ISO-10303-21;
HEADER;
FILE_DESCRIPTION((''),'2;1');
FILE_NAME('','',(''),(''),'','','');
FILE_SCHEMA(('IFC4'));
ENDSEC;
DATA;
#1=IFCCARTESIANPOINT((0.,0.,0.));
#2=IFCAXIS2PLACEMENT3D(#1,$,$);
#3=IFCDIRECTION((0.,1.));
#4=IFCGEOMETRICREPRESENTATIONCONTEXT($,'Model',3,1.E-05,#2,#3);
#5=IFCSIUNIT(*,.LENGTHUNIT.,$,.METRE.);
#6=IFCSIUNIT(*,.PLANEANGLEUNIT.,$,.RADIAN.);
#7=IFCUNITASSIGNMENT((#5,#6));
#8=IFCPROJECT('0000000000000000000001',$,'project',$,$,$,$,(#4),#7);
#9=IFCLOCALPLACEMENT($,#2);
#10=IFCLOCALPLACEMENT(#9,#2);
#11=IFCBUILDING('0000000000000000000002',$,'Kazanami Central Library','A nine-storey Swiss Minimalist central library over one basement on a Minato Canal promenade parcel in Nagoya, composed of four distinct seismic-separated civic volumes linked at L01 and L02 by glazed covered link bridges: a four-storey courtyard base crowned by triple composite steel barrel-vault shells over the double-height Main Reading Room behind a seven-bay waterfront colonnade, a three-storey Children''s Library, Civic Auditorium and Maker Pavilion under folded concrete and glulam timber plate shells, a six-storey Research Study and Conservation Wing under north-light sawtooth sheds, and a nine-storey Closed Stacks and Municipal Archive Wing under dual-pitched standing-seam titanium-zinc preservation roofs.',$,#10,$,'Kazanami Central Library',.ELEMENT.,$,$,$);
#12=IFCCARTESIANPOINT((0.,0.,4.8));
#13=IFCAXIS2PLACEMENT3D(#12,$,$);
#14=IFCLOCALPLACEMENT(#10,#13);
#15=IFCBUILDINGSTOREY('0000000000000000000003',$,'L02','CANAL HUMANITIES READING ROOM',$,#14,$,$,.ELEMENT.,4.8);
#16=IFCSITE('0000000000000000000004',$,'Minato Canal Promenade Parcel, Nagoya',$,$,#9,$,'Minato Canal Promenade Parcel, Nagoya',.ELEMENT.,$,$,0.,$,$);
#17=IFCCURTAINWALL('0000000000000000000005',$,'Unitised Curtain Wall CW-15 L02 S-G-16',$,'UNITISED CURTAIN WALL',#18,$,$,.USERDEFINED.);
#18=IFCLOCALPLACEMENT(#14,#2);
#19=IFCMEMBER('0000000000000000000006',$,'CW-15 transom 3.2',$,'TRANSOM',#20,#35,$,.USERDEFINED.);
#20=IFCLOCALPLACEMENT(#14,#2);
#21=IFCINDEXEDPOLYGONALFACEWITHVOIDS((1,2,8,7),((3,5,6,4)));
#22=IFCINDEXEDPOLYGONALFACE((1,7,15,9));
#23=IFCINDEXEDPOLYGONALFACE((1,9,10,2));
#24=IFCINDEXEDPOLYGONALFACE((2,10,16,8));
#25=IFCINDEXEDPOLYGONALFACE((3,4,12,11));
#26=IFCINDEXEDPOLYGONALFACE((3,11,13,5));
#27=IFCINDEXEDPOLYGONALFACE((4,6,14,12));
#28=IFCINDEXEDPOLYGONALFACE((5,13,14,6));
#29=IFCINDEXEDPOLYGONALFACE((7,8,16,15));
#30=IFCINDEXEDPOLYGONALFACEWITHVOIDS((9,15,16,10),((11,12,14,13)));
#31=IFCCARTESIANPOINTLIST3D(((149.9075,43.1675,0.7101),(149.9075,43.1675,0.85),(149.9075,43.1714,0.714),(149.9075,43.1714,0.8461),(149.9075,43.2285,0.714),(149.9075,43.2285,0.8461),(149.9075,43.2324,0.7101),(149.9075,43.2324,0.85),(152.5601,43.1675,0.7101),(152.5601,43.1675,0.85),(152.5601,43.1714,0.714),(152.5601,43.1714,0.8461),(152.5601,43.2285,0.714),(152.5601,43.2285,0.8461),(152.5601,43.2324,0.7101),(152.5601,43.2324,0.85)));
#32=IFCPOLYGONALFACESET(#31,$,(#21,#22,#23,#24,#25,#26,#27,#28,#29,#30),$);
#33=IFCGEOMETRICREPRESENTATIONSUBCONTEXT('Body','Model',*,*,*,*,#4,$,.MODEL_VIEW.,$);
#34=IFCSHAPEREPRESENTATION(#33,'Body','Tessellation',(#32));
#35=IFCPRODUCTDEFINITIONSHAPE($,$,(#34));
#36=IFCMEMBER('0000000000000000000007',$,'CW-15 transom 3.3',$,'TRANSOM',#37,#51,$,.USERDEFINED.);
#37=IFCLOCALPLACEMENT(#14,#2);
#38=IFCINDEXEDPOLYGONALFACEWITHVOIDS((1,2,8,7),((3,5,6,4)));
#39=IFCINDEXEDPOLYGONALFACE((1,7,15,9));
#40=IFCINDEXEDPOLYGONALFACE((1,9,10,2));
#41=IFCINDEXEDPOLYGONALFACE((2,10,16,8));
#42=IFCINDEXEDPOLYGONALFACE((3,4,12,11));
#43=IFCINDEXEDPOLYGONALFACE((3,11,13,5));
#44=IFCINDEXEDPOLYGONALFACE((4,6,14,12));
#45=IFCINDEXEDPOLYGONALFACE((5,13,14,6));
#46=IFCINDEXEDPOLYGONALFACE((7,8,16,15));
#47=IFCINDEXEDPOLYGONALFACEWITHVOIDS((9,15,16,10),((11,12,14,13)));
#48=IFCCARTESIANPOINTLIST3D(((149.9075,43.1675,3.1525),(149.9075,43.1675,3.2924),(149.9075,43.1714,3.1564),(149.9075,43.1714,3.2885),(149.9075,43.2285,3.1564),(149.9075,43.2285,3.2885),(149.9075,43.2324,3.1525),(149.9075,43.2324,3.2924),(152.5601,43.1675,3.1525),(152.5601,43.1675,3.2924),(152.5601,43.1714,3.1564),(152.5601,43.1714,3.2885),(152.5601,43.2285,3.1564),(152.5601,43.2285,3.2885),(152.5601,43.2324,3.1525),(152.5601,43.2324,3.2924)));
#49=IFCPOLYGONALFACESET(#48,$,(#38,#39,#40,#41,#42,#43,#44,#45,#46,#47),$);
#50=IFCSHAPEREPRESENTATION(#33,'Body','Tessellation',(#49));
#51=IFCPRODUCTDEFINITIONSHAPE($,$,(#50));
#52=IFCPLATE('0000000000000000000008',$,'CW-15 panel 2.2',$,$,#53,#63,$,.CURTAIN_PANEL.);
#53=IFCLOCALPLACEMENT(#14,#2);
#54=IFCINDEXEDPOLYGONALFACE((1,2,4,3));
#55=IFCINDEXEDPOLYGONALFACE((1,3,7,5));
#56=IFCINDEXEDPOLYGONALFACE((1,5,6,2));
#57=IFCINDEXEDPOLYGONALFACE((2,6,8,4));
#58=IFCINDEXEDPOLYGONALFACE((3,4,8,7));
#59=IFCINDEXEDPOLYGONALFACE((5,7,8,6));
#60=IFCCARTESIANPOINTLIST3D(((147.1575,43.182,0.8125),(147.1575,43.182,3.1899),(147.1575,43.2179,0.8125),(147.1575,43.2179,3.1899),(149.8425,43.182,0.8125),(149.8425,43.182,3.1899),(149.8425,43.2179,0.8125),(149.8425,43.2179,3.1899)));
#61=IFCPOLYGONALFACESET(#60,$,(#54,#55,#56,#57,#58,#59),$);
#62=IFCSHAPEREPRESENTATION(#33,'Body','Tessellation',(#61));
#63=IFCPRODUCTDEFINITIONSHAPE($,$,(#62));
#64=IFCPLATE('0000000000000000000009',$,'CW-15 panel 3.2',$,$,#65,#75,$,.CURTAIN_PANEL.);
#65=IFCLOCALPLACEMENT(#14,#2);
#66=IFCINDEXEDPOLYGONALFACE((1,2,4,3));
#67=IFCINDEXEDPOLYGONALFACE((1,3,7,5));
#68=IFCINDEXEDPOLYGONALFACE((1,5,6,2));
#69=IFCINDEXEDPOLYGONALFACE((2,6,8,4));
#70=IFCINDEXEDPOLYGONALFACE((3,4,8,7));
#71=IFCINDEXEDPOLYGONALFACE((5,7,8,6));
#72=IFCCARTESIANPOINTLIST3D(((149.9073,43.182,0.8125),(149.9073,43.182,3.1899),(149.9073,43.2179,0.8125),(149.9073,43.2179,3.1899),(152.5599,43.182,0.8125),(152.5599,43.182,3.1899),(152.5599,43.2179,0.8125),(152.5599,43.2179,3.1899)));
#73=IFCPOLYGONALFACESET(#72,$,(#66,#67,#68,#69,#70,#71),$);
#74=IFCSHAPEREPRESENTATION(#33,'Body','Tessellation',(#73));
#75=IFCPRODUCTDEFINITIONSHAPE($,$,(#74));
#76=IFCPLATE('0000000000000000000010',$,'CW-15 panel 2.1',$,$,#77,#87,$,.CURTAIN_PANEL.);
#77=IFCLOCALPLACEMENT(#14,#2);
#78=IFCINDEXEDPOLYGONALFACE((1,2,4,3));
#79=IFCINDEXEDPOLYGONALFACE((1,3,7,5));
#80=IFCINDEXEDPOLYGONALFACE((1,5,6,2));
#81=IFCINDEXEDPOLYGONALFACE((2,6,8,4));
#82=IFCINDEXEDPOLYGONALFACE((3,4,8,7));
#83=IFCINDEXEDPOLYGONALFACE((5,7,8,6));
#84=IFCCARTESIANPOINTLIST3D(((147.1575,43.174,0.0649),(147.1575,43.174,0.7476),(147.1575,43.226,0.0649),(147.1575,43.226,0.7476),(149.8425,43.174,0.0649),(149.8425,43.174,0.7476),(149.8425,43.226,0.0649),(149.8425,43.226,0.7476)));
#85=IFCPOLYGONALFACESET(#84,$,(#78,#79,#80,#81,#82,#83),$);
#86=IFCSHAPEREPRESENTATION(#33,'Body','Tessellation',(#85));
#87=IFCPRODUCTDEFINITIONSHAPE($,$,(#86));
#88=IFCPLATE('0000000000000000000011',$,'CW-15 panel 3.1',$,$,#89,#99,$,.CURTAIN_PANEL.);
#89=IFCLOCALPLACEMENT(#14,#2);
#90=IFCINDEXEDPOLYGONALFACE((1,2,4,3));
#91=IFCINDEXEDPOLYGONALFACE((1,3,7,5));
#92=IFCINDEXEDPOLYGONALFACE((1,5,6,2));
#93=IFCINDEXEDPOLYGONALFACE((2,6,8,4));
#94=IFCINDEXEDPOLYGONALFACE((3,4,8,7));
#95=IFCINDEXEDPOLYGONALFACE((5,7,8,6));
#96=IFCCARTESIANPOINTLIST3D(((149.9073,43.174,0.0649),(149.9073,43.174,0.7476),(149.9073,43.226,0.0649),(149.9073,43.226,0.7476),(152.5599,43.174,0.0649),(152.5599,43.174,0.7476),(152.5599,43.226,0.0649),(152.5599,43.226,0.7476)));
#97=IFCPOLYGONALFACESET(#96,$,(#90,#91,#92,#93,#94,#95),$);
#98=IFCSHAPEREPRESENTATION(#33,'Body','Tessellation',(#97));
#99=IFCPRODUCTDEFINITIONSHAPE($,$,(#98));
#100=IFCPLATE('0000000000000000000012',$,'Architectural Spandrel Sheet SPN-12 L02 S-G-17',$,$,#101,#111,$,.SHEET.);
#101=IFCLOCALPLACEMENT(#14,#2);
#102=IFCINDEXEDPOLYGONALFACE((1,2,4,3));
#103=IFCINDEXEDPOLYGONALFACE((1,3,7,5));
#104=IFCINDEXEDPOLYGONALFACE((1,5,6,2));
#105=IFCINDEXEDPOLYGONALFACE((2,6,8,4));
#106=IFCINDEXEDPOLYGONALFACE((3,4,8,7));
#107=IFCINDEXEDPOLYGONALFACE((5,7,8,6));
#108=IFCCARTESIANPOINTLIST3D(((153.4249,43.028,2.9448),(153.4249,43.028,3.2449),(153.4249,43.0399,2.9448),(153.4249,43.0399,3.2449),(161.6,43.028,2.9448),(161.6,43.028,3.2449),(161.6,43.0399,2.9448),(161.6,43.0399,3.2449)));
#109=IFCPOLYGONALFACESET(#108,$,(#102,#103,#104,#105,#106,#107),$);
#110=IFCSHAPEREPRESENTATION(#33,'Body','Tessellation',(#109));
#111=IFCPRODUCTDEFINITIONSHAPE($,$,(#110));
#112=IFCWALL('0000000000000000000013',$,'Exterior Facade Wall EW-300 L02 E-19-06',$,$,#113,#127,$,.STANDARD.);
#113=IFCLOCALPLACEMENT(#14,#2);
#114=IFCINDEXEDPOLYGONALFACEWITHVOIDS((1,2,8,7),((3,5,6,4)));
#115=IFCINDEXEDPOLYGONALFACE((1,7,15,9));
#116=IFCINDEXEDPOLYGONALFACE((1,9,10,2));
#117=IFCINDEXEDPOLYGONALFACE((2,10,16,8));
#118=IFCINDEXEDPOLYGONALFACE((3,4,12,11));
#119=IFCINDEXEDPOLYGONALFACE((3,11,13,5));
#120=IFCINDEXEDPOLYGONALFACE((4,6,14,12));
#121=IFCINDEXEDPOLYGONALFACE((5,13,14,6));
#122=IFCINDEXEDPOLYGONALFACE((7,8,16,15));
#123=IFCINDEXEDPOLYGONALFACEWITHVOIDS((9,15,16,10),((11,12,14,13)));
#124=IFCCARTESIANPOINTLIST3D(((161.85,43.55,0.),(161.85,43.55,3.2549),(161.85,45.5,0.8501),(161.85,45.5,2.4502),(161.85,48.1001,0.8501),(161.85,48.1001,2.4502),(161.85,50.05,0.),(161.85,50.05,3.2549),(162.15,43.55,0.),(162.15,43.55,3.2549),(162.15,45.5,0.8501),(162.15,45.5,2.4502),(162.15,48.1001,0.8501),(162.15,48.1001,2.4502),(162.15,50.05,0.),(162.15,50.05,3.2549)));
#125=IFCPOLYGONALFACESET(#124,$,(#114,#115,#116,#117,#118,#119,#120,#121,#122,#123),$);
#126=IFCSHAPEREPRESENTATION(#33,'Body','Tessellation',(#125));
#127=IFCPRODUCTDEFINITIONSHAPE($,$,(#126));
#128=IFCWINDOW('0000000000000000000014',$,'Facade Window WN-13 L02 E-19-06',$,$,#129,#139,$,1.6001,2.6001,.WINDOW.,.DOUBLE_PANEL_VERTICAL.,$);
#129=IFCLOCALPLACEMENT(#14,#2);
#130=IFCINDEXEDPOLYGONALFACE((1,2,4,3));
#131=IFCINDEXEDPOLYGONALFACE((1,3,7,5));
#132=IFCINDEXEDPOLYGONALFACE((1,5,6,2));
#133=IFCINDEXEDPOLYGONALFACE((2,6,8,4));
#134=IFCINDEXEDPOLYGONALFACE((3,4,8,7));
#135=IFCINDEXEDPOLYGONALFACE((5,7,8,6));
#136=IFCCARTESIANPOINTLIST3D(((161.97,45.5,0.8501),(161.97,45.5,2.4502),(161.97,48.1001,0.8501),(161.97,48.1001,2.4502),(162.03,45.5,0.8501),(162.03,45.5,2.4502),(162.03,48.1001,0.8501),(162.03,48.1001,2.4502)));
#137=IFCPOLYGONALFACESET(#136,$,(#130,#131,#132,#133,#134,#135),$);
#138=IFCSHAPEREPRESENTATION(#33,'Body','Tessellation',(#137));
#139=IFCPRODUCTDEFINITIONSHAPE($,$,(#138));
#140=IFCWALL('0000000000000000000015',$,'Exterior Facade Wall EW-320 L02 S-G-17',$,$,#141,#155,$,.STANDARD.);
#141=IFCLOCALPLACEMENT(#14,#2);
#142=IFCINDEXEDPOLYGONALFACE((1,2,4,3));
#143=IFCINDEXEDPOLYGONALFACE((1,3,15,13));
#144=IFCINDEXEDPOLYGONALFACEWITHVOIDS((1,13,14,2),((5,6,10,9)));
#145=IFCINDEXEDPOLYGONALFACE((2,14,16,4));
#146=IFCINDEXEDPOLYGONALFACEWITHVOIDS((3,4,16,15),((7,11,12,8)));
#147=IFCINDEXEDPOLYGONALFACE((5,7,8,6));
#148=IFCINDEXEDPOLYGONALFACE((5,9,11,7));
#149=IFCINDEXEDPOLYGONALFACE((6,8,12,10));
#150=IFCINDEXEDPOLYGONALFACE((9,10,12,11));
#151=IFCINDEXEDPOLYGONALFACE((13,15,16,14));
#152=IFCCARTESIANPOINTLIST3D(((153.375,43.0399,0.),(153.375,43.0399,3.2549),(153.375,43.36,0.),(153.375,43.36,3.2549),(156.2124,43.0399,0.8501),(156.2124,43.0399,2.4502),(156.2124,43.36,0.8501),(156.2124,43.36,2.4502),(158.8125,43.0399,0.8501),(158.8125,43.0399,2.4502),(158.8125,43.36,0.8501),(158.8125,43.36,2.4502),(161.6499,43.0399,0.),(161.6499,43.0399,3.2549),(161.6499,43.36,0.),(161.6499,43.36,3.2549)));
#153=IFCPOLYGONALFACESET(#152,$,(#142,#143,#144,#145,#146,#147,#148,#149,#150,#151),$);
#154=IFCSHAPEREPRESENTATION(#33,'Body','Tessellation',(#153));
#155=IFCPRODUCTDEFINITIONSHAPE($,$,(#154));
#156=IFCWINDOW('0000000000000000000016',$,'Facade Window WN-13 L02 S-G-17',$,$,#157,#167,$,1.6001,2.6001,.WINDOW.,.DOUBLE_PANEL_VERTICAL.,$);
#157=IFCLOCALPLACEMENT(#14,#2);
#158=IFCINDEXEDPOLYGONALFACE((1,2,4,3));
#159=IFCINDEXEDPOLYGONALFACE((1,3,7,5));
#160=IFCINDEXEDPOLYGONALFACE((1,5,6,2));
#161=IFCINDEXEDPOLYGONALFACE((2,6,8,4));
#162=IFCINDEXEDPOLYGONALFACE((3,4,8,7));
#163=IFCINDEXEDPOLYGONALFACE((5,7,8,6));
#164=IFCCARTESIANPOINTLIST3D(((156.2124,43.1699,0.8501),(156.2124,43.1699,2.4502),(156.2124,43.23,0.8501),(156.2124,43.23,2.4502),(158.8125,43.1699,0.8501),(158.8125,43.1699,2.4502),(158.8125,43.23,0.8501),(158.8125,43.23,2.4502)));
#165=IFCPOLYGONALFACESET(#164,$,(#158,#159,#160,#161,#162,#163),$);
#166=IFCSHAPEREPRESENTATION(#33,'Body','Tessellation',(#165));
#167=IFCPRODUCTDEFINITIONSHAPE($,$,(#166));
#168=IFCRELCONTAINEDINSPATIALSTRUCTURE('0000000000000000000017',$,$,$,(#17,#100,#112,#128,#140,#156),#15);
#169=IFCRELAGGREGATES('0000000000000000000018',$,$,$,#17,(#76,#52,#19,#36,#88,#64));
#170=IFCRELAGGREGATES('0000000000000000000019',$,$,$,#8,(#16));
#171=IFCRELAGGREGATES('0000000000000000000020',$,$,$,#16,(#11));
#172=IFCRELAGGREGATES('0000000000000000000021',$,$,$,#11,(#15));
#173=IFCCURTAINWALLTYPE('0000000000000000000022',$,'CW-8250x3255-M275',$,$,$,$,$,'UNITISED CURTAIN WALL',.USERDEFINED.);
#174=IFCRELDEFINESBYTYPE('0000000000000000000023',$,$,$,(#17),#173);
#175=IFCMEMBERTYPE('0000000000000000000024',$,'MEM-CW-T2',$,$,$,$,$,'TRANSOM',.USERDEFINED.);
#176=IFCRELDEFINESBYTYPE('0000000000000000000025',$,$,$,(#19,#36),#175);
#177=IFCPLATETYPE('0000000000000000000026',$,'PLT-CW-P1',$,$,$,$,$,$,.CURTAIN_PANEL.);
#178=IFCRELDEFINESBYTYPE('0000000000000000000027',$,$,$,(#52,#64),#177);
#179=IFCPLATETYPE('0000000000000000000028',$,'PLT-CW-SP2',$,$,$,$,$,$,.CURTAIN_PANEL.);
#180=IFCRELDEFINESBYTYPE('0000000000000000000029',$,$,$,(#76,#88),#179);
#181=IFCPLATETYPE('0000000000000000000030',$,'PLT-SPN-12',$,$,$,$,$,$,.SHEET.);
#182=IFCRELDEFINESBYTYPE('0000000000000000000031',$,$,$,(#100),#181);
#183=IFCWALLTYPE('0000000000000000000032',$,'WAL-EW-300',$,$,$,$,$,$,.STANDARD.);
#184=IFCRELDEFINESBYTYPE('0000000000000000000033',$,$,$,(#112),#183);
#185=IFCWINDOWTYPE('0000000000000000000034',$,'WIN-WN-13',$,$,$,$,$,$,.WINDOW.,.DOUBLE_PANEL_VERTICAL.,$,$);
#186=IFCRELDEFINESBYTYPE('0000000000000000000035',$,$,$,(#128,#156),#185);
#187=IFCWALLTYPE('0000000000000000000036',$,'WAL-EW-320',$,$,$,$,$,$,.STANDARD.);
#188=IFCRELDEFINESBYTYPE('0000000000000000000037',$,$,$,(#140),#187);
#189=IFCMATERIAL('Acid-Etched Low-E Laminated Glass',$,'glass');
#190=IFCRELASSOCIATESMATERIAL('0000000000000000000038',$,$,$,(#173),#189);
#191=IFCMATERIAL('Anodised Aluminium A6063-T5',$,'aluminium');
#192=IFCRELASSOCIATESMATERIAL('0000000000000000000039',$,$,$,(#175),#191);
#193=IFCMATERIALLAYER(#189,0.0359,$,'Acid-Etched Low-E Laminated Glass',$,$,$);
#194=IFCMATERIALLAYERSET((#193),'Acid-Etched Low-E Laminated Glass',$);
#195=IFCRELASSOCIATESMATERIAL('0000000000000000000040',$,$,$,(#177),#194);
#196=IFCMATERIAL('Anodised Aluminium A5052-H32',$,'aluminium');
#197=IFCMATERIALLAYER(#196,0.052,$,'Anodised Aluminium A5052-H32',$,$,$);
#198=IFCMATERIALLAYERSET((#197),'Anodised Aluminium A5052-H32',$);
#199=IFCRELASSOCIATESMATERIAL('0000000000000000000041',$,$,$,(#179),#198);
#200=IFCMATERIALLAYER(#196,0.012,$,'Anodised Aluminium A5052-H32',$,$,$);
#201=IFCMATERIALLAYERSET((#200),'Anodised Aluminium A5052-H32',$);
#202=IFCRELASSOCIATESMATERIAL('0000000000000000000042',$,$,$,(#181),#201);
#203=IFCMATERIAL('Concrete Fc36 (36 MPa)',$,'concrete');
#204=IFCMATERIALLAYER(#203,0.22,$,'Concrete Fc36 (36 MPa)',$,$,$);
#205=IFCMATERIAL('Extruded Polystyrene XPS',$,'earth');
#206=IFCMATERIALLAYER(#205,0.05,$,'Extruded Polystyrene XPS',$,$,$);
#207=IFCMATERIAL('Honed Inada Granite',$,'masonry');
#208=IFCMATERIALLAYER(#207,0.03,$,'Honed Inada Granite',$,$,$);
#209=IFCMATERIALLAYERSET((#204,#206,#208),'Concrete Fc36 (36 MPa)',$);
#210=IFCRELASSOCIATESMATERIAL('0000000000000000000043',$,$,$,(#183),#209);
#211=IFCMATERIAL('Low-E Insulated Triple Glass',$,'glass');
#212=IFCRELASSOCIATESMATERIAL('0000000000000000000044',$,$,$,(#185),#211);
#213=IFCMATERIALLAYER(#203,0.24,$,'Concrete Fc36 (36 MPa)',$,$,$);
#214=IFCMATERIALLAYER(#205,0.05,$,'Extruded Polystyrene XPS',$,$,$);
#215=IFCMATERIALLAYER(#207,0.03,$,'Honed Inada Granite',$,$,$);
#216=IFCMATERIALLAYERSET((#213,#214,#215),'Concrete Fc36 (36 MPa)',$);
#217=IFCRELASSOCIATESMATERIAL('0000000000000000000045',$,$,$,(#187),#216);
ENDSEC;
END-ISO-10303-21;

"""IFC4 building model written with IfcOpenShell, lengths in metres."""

from ifc_helpers import new_model, si_unit, direction, frame, frame_2d, origin, origin_2d, place, context, subcontext, project, spatial, rectangle, hollow_rectangle, extrude, material, layer, layer_set, material_profile, profile_set, type_object, element, fill, aggregate, save


model = new_model("IFC4")

# Units and contexts
model_context = context("Model", 3, precision=1e-05, world=origin(), true_north=direction((0.0, 1.0)))
body_context = subcontext(model_context, "Body", "Model", "MODEL_VIEW")
ifc_project = project(units=[si_unit("LENGTHUNIT", "METRE"), si_unit("PLANEANGLEUNIT", "RADIAN")], contexts=[model_context])

# Site, building, storey
site_placement = place(None, origin())
site = spatial("IfcSite", under=ifc_project, at=site_placement, Name="Minato Canal Promenade Parcel, Nagoya", LongName="Minato Canal Promenade Parcel, Nagoya", CompositionType="ELEMENT", RefElevation=0.0)
building_placement = place(site_placement, origin())
building = spatial("IfcBuilding", under=site, at=building_placement, Name="Kazanami Central Library", Description="A nine-storey Swiss Minimalist central library over one basement on a Minato Canal promenade parcel in Nagoya, composed of four distinct seismic-separated civic volumes linked at L01 and L02 by glazed covered link bridges: a four-storey courtyard base crowned by triple composite steel barrel-vault shells over the double-height Main Reading Room behind a seven-bay waterfront colonnade, a three-storey Children's Library, Civic Auditorium and Maker Pavilion under folded concrete and glulam timber plate shells, a six-storey Research Study and Conservation Wing under north-light sawtooth sheds, and a nine-storey Closed Stacks and Municipal Archive Wing under dual-pitched standing-seam titanium-zinc preservation roofs.", LongName="Kazanami Central Library", CompositionType="ELEMENT")
storey_placement = place(building_placement, frame((0.0, 0.0, 4.8)))
storey = spatial("IfcBuildingStorey", under=building, at=storey_placement, Name="L02", Description="CANAL HUMANITIES READING ROOM", CompositionType="ELEMENT", Elevation=4.8)

# Curtain wall, members, plates
ifc_material_1 = material(Name="Acid-Etched Low-E Laminated Glass", Category="glass")
curtain_wall_type = type_object("IfcCurtainWallType", Name="CW-8250x3255-M275", ElementType="UNITISED CURTAIN WALL", PredefinedType="USERDEFINED", material=ifc_material_1)
curtain_wall_placement = place(storey_placement, origin())
curtain_wall = element("IfcCurtainWall", 1, at=curtain_wall_placement, inside=storey, type_object=curtain_wall_type, Name="Unitised Curtain Wall CW-15 L02 S-G-16", ObjectType="UNITISED CURTAIN WALL", PredefinedType="USERDEFINED")
ifc_material_2 = material(Name="Anodised Aluminium A6063-T5", Category="aluminium")
ifc_material_profile_1 = material_profile(ifc_material_2, hollow_rectangle(XDim=0.0649, YDim=0.1399, WallThickness=0.0039, at=origin_2d()), Name="ALU-TRAN-65x140x4")
ifc_profile_set_1 = profile_set([ifc_material_profile_1], Name="Anodised Aluminium A6063-T5")
member_type_1 = type_object("IfcMemberType", Name="MEM-CW-T2", ElementType="TRANSOM", PredefinedType="USERDEFINED", material=ifc_profile_set_1)
member_1_placement = place(storey_placement, frame((149.9075, 43.2, 0.78), z_axis=(1.0, 0.0, 0.0), x_axis=(0.0, 1.0, 0.0)))
member_1 = element("IfcMember", 2, at=member_1_placement, type_object=member_type_1, Name="CW-15 transom 3.2", ObjectType="TRANSOM", PredefinedType="USERDEFINED", context=body_context, shape_type="SweptSolid", body=[
    extrude(hollow_rectangle(XDim=0.0649, YDim=0.1399, WallThickness=0.0039, at=origin_2d()), origin(), (0.0, 0.0, 1.0), 2.6526),
])
member_2_placement = place(storey_placement, frame((149.9075, 43.2, 3.2224), z_axis=(1.0, 0.0, 0.0), x_axis=(0.0, 1.0, 0.0)))
member_2 = element("IfcMember", 3, at=member_2_placement, type_object=member_type_1, Name="CW-15 transom 3.3", ObjectType="TRANSOM", PredefinedType="USERDEFINED", context=body_context, shape_type="SweptSolid", body=[
    extrude(hollow_rectangle(XDim=0.0649, YDim=0.1399, WallThickness=0.0039, at=origin_2d()), origin(), (0.0, 0.0, 1.0), 2.6526),
])
ifc_layer_1 = layer(ifc_material_1, 0.0359, Name="Acid-Etched Low-E Laminated Glass")
ifc_layer_set_1 = layer_set([ifc_layer_1], Name="Acid-Etched Low-E Laminated Glass")
plate_type_1 = type_object("IfcPlateType", Name="PLT-CW-P1", PredefinedType="CURTAIN_PANEL", material=ifc_layer_set_1)
plate_1_placement = place(storey_placement, frame((148.5, 43.2, 0.8125), z_axis=(0.0, 0.0, 1.0), x_axis=(1.0, 0.0, 0.0)))
plate_1 = element("IfcPlate", 4, at=plate_1_placement, type_object=plate_type_1, Name="CW-15 panel 2.2", PredefinedType="CURTAIN_PANEL", context=body_context, shape_type="SweptSolid", body=[
    extrude(rectangle(XDim=2.6851, YDim=0.0359, at=origin_2d()), origin(), (0.0, 0.0, 1.0), 2.3774),
])
plate_2_placement = place(storey_placement, frame((151.2336, 43.2, 0.8125), z_axis=(0.0, 0.0, 1.0), x_axis=(1.0, 0.0, 0.0)))
plate_2 = element("IfcPlate", 5, at=plate_2_placement, type_object=plate_type_1, Name="CW-15 panel 3.2", PredefinedType="CURTAIN_PANEL", context=body_context, shape_type="SweptSolid", body=[
    extrude(rectangle(XDim=2.6526, YDim=0.0359, at=origin_2d()), origin(), (0.0, 0.0, 1.0), 2.3774),
])
ifc_material_3 = material(Name="Anodised Aluminium A5052-H32", Category="aluminium")
ifc_layer_2 = layer(ifc_material_3, 0.052, Name="Anodised Aluminium A5052-H32")
ifc_layer_set_2 = layer_set([ifc_layer_2], Name="Anodised Aluminium A5052-H32")
plate_type_2 = type_object("IfcPlateType", Name="PLT-CW-SP2", PredefinedType="CURTAIN_PANEL", material=ifc_layer_set_2)
plate_3_placement = place(storey_placement, frame((148.5, 43.2, 0.0649), z_axis=(0.0, 0.0, 1.0), x_axis=(1.0, 0.0, 0.0)))
plate_3 = element("IfcPlate", 6, at=plate_3_placement, type_object=plate_type_2, Name="CW-15 panel 2.1", PredefinedType="CURTAIN_PANEL", context=body_context, shape_type="SweptSolid", body=[
    extrude(rectangle(XDim=2.6851, YDim=0.052, at=origin_2d()), origin(), (0.0, 0.0, 1.0), 0.6826),
])
plate_4_placement = place(storey_placement, frame((151.2336, 43.2, 0.0649), z_axis=(0.0, 0.0, 1.0), x_axis=(1.0, 0.0, 0.0)))
plate_4 = element("IfcPlate", 7, at=plate_4_placement, type_object=plate_type_2, Name="CW-15 panel 3.1", PredefinedType="CURTAIN_PANEL", context=body_context, shape_type="SweptSolid", body=[
    extrude(rectangle(XDim=2.6526, YDim=0.052, at=origin_2d()), origin(), (0.0, 0.0, 1.0), 0.6826),
])
aggregate(curtain_wall, [plate_3, plate_1, member_1, member_2, plate_4, plate_2])

# Plate
ifc_layer_3 = layer(ifc_material_3, 0.012, Name="Anodised Aluminium A5052-H32")
ifc_layer_set_3 = layer_set([ifc_layer_3], Name="Anodised Aluminium A5052-H32")
plate_type_3 = type_object("IfcPlateType", Name="PLT-SPN-12", PredefinedType="SHEET", material=ifc_layer_set_3)
plate_5_placement = place(storey_placement, frame((157.5125, 43.0339, 2.9448), z_axis=(0.0, 0.0, 1.0), x_axis=(1.0, 0.0, 0.0)))
element("IfcPlate", 8, at=plate_5_placement, inside=storey, type_object=plate_type_3, Name="Architectural Spandrel Sheet SPN-12 L02 S-G-17", PredefinedType="SHEET", context=body_context, shape_type="SweptSolid", body=[
    extrude(rectangle(XDim=8.175, YDim=0.012, at=origin_2d()), origin(), (0.0, 0.0, 1.0), 0.3),
])

# Walls, openings, windows
ifc_material_4 = material(Name="Concrete Fc36 (36 MPa)", Category="concrete")
ifc_layer_4 = layer(ifc_material_4, 0.22, Name="Concrete Fc36 (36 MPa)")
ifc_material_5 = material(Name="Extruded Polystyrene XPS", Category="earth")
ifc_layer_5 = layer(ifc_material_5, 0.05, Name="Extruded Polystyrene XPS")
ifc_material_6 = material(Name="Honed Inada Granite", Category="masonry")
ifc_layer_6 = layer(ifc_material_6, 0.03, Name="Honed Inada Granite")
ifc_layer_set_4 = layer_set([ifc_layer_4, ifc_layer_5, ifc_layer_6], Name="Concrete Fc36 (36 MPa)")
wall_type_1 = type_object("IfcWallType", Name="WAL-EW-300", PredefinedType="STANDARD", material=ifc_layer_set_4)
wall_1_placement = place(storey_placement, frame((162.0, 50.05, 0.0), z_axis=(0.0, 0.0, 1.0), x_axis=(0.0, -1.0, 0.0)))
wall_1 = element("IfcWall", 9, at=wall_1_placement, inside=storey, type_object=wall_type_1, Name="Exterior Facade Wall EW-300 L02 E-19-06", PredefinedType="STANDARD", context=body_context, shape_type="SweptSolid", body=[
    extrude(rectangle(XDim=6.5, YDim=0.3, at=frame_2d((3.25, 0.0))), origin(), (0.0, 0.0, 1.0), 3.2549),
])
opening_1_placement = place(wall_1_placement, frame((1.95, 0.0, 0.8501)))
opening_1 = element("IfcOpeningElement", 10, at=opening_1_placement, cuts=wall_1, PredefinedType="OPENING", context=body_context, shape_type="SweptSolid", body=[
    extrude(rectangle(XDim=2.6001, YDim=1.6001, at=frame_2d((1.3, 0.8))), frame((0.0, 0.1621, 0.0), z_axis=(0.0, -1.0, 0.0), x_axis=(1.0, 0.0, 0.0)), (0.0, 0.0, 1.0), 0.324),
])
ifc_material_7 = material(Name="Low-E Insulated Triple Glass", Category="glass")
window_type = type_object("IfcWindowType", Name="WIN-WN-13", PartitioningType="DOUBLE_PANEL_VERTICAL", PredefinedType="WINDOW", material=ifc_material_7)
window_1_placement = place(opening_1_placement, origin())
window_1 = element("IfcWindow", 11, at=window_1_placement, inside=storey, type_object=window_type, Name="Facade Window WN-13 L02 E-19-06", OverallHeight=1.6001, OverallWidth=2.6001, PartitioningType="DOUBLE_PANEL_VERTICAL", PredefinedType="WINDOW", context=body_context, shape_type="SweptSolid", body=[
    extrude(rectangle(XDim=2.6001, YDim=1.6001, at=frame_2d((1.3, 0.8))), frame((0.0, 0.03, 0.0), z_axis=(0.0, -1.0, 0.0), x_axis=(1.0, 0.0, 0.0)), (0.0, 0.0, 1.0), 0.0601),
])
fill(opening_1, window_1)
ifc_layer_7 = layer(ifc_material_4, 0.24, Name="Concrete Fc36 (36 MPa)")
ifc_layer_8 = layer(ifc_material_5, 0.05, Name="Extruded Polystyrene XPS")
ifc_layer_9 = layer(ifc_material_6, 0.03, Name="Honed Inada Granite")
ifc_layer_set_5 = layer_set([ifc_layer_7, ifc_layer_8, ifc_layer_9], Name="Concrete Fc36 (36 MPa)")
wall_type_2 = type_object("IfcWallType", Name="WAL-EW-320", PredefinedType="STANDARD", material=ifc_layer_set_5)
wall_2_placement = place(storey_placement, frame((153.375, 43.2, 0.0), z_axis=(0.0, 0.0, 1.0), x_axis=(1.0, 0.0, 0.0)))
wall_2 = element("IfcWall", 12, at=wall_2_placement, inside=storey, type_object=wall_type_2, Name="Exterior Facade Wall EW-320 L02 S-G-17", PredefinedType="STANDARD", context=body_context, shape_type="SweptSolid", body=[
    extrude(rectangle(XDim=8.2749, YDim=0.3201, at=frame_2d((4.1375, 0.0))), origin(), (0.0, 0.0, 1.0), 3.2549),
])
opening_2_placement = place(wall_2_placement, frame((2.8374, 0.0, 0.8501)))
opening_2 = element("IfcOpeningElement", 13, at=opening_2_placement, cuts=wall_2, PredefinedType="OPENING", context=body_context, shape_type="SweptSolid", body=[
    extrude(rectangle(XDim=2.6001, YDim=1.6001, at=frame_2d((1.3, 0.8))), frame((0.0, 0.1719, 0.0), z_axis=(0.0, -1.0, 0.0), x_axis=(1.0, 0.0, 0.0)), (0.0, 0.0, 1.0), 0.344),
])
window_2_placement = place(opening_2_placement, origin())
window_2 = element("IfcWindow", 14, at=window_2_placement, inside=storey, type_object=window_type, Name="Facade Window WN-13 L02 S-G-17", OverallHeight=1.6001, OverallWidth=2.6001, PartitioningType="DOUBLE_PANEL_VERTICAL", PredefinedType="WINDOW", context=body_context, shape_type="SweptSolid", body=[
    extrude(rectangle(XDim=2.6001, YDim=1.6001, at=frame_2d((1.3, 0.8))), frame((0.0, 0.03, 0.0), z_axis=(0.0, -1.0, 0.0), x_axis=(1.0, 0.0, 0.0)), (0.0, 0.0, 1.0), 0.0601),
])
fill(opening_2, window_2)

save(model, "model.ifc")
